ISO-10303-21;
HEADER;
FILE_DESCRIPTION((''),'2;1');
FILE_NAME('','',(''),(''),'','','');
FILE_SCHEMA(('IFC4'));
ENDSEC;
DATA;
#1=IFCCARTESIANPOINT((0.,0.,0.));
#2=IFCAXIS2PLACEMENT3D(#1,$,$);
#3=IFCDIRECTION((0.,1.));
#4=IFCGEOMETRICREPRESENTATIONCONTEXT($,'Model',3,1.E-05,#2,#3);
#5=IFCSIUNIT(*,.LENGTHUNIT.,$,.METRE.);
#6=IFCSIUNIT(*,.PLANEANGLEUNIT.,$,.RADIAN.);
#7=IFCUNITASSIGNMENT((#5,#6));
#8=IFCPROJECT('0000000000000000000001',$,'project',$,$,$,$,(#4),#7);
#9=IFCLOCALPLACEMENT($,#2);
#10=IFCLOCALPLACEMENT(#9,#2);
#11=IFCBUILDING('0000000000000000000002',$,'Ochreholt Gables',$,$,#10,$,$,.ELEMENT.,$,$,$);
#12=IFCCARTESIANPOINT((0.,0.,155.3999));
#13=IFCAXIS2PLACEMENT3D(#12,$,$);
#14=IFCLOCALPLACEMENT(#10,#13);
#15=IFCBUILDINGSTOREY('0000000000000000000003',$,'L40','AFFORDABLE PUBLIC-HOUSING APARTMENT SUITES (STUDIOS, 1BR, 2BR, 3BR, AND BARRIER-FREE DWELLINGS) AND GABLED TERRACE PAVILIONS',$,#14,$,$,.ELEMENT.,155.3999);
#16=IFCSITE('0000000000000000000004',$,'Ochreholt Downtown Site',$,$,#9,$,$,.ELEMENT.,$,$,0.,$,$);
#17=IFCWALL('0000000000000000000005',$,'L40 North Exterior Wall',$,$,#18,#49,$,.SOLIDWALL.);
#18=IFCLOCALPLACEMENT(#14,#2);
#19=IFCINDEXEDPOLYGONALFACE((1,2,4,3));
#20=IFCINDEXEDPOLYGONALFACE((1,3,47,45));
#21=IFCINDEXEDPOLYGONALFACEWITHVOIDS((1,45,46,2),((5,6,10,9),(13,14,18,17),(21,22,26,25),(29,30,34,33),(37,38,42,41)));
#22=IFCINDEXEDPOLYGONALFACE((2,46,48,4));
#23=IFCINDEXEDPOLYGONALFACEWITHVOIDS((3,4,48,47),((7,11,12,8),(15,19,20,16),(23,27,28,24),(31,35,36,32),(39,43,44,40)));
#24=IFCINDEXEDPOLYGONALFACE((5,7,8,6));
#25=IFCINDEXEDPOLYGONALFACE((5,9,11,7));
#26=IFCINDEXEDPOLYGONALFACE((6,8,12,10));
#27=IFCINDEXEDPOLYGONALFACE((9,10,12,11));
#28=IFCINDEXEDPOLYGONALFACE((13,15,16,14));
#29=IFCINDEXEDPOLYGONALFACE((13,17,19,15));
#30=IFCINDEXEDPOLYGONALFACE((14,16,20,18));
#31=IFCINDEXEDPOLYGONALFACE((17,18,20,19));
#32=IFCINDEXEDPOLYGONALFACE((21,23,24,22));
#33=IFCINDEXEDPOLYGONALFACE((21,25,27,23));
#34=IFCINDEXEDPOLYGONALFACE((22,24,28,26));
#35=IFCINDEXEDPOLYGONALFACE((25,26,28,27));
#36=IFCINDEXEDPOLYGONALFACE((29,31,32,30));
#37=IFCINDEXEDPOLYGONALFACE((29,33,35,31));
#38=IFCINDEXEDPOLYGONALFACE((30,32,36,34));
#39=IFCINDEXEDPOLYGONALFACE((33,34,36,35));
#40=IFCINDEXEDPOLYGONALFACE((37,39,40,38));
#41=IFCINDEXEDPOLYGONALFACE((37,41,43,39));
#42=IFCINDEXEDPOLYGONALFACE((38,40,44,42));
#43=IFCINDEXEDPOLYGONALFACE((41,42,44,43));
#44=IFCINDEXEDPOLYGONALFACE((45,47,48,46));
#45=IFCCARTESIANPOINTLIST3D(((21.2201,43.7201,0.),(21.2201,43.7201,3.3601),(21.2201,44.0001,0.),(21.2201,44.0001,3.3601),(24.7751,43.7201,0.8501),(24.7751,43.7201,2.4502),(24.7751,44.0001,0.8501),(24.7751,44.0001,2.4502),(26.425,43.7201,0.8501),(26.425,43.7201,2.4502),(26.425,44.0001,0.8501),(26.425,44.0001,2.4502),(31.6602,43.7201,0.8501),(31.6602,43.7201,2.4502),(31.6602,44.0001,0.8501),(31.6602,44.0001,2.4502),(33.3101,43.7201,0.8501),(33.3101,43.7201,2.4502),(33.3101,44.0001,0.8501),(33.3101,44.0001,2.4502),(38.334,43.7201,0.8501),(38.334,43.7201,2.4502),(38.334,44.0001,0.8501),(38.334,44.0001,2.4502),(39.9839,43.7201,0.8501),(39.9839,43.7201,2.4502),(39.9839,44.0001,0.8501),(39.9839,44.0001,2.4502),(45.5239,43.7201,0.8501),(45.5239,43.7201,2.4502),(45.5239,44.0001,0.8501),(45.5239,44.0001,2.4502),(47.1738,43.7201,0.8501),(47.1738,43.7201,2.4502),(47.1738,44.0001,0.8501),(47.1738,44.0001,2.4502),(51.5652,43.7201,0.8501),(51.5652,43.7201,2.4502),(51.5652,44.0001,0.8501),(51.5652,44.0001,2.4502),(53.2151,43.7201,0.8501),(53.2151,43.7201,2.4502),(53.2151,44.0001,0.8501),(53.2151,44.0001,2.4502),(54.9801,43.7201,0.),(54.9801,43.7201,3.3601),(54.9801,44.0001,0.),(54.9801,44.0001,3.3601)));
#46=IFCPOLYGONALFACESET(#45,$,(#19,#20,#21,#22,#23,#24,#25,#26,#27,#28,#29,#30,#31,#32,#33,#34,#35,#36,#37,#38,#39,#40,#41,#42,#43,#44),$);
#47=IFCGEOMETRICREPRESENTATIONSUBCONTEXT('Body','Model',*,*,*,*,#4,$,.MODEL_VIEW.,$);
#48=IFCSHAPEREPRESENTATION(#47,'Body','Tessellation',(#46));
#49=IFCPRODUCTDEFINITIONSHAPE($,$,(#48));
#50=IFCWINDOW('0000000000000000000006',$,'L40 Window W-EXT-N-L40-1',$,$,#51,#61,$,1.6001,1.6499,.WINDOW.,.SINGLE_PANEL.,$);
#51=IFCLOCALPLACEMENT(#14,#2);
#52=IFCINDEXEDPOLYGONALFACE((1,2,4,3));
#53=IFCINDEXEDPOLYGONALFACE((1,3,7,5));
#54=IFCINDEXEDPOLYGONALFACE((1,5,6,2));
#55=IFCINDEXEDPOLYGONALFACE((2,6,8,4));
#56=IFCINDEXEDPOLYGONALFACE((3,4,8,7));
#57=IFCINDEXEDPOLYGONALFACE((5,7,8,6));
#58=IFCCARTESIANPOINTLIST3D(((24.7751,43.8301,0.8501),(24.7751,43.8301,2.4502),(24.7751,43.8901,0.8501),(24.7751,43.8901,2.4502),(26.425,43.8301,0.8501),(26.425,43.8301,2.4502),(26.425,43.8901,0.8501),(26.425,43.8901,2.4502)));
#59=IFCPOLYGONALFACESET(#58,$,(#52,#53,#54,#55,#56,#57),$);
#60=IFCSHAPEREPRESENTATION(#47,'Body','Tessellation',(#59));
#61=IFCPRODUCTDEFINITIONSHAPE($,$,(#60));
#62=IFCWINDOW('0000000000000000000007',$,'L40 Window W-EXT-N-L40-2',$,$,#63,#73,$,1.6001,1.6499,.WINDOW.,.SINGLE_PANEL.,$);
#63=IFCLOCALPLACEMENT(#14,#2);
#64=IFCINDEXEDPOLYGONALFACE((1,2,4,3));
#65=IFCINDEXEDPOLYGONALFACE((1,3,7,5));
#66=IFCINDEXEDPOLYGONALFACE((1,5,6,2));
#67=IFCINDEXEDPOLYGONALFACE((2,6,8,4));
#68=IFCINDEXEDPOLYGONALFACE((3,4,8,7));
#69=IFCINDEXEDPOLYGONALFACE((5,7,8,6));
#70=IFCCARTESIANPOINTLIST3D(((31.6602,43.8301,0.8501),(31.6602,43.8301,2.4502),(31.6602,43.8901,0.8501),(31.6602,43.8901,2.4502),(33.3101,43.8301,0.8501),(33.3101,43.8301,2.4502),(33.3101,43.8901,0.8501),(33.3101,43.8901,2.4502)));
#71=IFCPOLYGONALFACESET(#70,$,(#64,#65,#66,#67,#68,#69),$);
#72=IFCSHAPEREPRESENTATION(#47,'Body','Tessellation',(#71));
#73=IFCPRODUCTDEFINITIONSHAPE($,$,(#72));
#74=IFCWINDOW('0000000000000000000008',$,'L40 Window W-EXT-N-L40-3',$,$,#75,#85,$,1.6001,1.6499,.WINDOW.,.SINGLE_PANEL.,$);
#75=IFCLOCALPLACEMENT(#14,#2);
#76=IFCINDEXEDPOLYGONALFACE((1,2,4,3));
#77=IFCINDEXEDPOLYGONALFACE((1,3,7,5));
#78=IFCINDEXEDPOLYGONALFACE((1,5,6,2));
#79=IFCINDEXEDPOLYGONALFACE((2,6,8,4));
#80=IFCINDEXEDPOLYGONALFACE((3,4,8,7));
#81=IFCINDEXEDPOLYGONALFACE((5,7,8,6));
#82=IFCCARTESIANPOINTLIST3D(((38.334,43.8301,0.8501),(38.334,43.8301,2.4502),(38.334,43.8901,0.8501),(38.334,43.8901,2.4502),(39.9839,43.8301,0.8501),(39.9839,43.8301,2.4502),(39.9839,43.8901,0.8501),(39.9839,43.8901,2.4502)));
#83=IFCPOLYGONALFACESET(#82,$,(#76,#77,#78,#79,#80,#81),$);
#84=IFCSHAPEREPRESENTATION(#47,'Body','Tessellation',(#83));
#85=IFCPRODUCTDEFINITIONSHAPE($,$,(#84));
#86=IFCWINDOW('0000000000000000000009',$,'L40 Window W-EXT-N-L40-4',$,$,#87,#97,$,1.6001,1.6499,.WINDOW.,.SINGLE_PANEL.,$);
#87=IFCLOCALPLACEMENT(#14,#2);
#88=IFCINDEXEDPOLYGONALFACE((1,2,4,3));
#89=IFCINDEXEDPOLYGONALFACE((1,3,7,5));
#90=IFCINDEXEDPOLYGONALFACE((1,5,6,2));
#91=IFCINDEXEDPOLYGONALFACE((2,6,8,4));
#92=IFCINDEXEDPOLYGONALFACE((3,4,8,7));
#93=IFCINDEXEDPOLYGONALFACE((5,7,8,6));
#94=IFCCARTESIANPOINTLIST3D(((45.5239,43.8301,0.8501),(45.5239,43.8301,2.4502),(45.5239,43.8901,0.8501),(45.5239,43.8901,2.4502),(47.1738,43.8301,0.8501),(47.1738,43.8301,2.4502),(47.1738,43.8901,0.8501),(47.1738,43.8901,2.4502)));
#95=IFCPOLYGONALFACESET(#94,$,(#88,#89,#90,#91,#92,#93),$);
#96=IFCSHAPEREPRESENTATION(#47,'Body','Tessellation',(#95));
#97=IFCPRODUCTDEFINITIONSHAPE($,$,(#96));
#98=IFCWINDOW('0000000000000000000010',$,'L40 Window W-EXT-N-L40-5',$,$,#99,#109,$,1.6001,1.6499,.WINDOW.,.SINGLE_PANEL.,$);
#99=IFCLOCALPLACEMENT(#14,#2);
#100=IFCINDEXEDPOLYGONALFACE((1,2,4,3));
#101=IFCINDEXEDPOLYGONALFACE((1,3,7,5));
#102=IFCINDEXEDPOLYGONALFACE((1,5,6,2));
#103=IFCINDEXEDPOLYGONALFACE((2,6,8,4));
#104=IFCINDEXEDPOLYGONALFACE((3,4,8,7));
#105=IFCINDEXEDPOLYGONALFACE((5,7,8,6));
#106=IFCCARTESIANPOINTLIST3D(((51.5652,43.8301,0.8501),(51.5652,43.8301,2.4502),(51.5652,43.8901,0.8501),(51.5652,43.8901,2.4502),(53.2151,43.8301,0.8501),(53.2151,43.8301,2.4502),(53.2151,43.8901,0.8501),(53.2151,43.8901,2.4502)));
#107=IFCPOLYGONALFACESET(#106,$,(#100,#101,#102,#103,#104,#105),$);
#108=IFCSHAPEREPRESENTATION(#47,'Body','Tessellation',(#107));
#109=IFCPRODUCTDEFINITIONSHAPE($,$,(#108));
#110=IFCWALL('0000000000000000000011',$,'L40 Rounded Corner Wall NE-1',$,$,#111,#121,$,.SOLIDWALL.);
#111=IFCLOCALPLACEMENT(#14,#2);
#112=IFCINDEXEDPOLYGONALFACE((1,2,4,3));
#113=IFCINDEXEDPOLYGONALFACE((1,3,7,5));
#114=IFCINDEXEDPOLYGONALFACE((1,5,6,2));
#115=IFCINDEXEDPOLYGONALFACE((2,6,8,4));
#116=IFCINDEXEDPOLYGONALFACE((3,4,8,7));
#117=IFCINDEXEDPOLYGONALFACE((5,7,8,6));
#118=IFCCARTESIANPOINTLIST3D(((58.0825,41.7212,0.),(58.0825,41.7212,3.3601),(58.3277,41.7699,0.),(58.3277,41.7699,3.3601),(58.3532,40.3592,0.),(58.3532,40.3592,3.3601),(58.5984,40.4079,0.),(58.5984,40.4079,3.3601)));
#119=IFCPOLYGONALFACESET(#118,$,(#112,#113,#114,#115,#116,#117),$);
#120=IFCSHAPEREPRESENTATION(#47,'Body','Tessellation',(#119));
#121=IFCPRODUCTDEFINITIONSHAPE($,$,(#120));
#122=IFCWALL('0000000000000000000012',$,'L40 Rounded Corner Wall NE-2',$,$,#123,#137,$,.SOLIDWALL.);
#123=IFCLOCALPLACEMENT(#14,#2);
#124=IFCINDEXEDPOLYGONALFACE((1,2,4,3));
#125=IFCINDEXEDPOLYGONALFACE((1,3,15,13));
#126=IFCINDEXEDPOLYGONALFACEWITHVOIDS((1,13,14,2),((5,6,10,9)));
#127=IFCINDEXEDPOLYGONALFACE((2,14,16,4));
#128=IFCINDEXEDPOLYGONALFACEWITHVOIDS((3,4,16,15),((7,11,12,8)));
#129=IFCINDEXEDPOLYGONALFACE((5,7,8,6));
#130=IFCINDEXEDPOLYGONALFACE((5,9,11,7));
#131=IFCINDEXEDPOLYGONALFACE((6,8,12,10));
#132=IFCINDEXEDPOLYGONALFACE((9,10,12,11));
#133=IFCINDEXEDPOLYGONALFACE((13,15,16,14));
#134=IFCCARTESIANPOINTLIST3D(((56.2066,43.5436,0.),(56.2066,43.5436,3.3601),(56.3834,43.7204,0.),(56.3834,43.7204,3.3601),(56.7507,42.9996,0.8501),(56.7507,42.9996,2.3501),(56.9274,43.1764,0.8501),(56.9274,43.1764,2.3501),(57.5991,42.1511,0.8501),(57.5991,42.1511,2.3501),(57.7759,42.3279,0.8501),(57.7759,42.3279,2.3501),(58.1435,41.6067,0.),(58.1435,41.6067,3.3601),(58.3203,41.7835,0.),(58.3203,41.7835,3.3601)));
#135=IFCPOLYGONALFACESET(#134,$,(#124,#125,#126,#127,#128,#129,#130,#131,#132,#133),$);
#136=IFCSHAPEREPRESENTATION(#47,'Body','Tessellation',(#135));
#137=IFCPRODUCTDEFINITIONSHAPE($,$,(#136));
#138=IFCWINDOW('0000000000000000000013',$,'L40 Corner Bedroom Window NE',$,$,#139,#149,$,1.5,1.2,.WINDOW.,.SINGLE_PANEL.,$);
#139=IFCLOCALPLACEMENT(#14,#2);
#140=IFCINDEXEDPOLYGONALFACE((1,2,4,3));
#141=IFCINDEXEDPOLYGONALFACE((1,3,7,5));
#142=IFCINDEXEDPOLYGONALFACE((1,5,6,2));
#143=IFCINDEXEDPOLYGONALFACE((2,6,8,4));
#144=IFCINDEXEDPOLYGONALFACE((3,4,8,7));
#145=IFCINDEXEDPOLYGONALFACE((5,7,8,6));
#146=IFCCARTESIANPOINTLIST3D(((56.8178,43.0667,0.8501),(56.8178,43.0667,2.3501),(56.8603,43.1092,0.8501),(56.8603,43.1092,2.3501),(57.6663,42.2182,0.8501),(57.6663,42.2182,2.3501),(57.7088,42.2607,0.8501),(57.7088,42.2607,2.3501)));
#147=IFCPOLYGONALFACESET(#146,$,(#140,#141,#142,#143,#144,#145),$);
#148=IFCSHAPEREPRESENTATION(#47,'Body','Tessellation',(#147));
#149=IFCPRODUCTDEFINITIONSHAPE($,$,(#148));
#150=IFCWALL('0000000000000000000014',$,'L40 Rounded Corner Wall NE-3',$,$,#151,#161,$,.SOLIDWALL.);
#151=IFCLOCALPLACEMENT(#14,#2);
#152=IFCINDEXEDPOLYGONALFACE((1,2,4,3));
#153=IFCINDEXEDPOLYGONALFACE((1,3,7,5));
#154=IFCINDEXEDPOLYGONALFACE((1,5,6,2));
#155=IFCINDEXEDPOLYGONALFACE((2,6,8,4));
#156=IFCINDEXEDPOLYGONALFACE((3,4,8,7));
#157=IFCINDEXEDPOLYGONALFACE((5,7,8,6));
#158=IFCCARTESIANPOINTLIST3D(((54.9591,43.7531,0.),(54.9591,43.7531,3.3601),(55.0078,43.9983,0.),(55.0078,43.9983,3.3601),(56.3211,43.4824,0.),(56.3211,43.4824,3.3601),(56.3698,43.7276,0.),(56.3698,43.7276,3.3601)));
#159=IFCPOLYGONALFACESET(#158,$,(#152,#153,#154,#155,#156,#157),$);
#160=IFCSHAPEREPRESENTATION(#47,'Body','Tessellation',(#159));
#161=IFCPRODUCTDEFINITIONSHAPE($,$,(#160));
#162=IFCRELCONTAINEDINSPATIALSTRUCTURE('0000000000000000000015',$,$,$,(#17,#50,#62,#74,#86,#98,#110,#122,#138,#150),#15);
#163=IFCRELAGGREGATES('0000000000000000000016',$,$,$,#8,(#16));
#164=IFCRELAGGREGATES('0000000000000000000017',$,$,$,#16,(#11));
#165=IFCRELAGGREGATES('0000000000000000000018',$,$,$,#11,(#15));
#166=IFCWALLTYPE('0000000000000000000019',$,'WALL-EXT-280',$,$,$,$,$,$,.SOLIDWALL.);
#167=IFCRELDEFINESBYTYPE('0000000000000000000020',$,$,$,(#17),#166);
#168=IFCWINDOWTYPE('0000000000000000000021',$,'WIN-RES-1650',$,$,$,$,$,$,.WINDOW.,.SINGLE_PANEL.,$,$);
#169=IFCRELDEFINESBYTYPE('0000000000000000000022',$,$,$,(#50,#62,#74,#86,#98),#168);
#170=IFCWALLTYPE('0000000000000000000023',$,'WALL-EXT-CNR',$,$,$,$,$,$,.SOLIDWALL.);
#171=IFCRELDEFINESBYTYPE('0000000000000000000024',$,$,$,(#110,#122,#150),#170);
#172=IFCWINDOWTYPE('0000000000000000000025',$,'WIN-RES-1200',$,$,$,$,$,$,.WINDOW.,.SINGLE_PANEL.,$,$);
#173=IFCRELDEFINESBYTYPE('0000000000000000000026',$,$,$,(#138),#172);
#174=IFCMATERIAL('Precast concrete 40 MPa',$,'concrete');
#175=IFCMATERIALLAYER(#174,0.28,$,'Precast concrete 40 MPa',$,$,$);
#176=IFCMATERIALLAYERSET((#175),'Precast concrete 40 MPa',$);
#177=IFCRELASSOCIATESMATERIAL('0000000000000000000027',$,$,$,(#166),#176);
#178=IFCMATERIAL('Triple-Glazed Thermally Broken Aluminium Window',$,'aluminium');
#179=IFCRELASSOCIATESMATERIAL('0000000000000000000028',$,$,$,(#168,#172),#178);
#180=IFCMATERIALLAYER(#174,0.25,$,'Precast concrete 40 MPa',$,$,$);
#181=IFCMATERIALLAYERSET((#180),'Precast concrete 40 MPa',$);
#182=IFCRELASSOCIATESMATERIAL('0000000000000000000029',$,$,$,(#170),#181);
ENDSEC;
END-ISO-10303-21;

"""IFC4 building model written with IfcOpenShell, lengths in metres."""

from ifc_helpers import new_model, si_unit, direction, frame, frame_2d, origin, place, context, subcontext, project, spatial, rectangle, extrude, material, layer, layer_set, type_object, element, fill, save


model = new_model("IFC4")

# Units and contexts
model_context = context("Model", 3, precision=1e-05, world=origin(), true_north=direction((0.0, 1.0)))
body_context = subcontext(model_context, "Body", "Model", "MODEL_VIEW")
ifc_project = project(units=[si_unit("LENGTHUNIT", "METRE"), si_unit("PLANEANGLEUNIT", "RADIAN")], contexts=[model_context])

# Site, building, storey
site_placement = place(None, origin())
site = spatial("IfcSite", under=ifc_project, at=site_placement, Name="Ochreholt Downtown Site", CompositionType="ELEMENT", RefElevation=0.0)
building_placement = place(site_placement, origin())
building = spatial("IfcBuilding", under=site, at=building_placement, Name="Ochreholt Gables", CompositionType="ELEMENT")
storey_placement = place(building_placement, frame((0.0, 0.0, 155.3999)))
storey = spatial("IfcBuildingStorey", under=building, at=storey_placement, Name="L40", Description="AFFORDABLE PUBLIC-HOUSING APARTMENT SUITES (STUDIOS, 1BR, 2BR, 3BR, AND BARRIER-FREE DWELLINGS) AND GABLED TERRACE PAVILIONS", CompositionType="ELEMENT", Elevation=155.3999)

# Wall, openings, windows
ifc_material_1 = material(Name="Precast concrete 40 MPa", Category="concrete")
ifc_layer_1 = layer(ifc_material_1, 0.28, Name="Precast concrete 40 MPa")
ifc_layer_set_1 = layer_set([ifc_layer_1], Name="Precast concrete 40 MPa")
wall_type_1 = type_object("IfcWallType", Name="WALL-EXT-280", PredefinedType="SOLIDWALL", material=ifc_layer_set_1)
wall_1_placement = place(storey_placement, frame((54.98, 43.8601, 0.0), z_axis=(0.0, 0.0, 1.0), x_axis=(-1.0, 0.0, 0.0)))
wall_1 = element("IfcWall", 1, at=wall_1_placement, inside=storey, type_object=wall_type_1, Name="L40 North Exterior Wall", PredefinedType="SOLIDWALL", context=body_context, shape_type="SweptSolid", body=[
    extrude(rectangle(XDim=33.76, YDim=0.28, at=frame_2d((16.8799, 0.0))), origin(), (0.0, 0.0, 1.0), 3.3601),
])
opening_1_placement = place(wall_1_placement, frame((28.5549, 0.0, 0.8501)))
opening_1 = element("IfcOpeningElement", 2, at=opening_1_placement, cuts=wall_1, PredefinedType="OPENING", context=body_context, shape_type="SweptSolid", body=[
    extrude(rectangle(XDim=1.6499, YDim=1.6001, at=frame_2d((0.825, 0.8))), frame((0.0, 0.1499, 0.0), z_axis=(0.0, -1.0, 0.0), x_axis=(1.0, 0.0, 0.0)), (0.0, 0.0, 1.0), 0.3),
])
opening_2_placement = place(wall_1_placement, frame((21.6699, 0.0, 0.8501)))
opening_2 = element("IfcOpeningElement", 3, at=opening_2_placement, cuts=wall_1, PredefinedType="OPENING", context=body_context, shape_type="SweptSolid", body=[
    extrude(rectangle(XDim=1.6499, YDim=1.6001, at=frame_2d((0.825, 0.8))), frame((0.0, 0.1499, 0.0), z_axis=(0.0, -1.0, 0.0), x_axis=(1.0, 0.0, 0.0)), (0.0, 0.0, 1.0), 0.3),
])
opening_3_placement = place(wall_1_placement, frame((14.9961, 0.0, 0.8501)))
opening_3 = element("IfcOpeningElement", 4, at=opening_3_placement, cuts=wall_1, PredefinedType="OPENING", context=body_context, shape_type="SweptSolid", body=[
    extrude(rectangle(XDim=1.6499, YDim=1.6001, at=frame_2d((0.825, 0.8))), frame((0.0, 0.1499, 0.0), z_axis=(0.0, -1.0, 0.0), x_axis=(1.0, 0.0, 0.0)), (0.0, 0.0, 1.0), 0.3),
])
opening_4_placement = place(wall_1_placement, frame((7.8062, 0.0, 0.8501)))
opening_4 = element("IfcOpeningElement", 5, at=opening_4_placement, cuts=wall_1, PredefinedType="OPENING", context=body_context, shape_type="SweptSolid", body=[
    extrude(rectangle(XDim=1.6499, YDim=1.6001, at=frame_2d((0.825, 0.8))), frame((0.0, 0.1499, 0.0), z_axis=(0.0, -1.0, 0.0), x_axis=(1.0, 0.0, 0.0)), (0.0, 0.0, 1.0), 0.3),
])
opening_5_placement = place(wall_1_placement, frame((1.7649, 0.0, 0.8501)))
opening_5 = element("IfcOpeningElement", 6, at=opening_5_placement, cuts=wall_1, PredefinedType="OPENING", context=body_context, shape_type="SweptSolid", body=[
    extrude(rectangle(XDim=1.6499, YDim=1.6001, at=frame_2d((0.825, 0.8))), frame((0.0, 0.1499, 0.0), z_axis=(0.0, -1.0, 0.0), x_axis=(1.0, 0.0, 0.0)), (0.0, 0.0, 1.0), 0.3),
])
ifc_material_2 = material(Name="Triple-Glazed Thermally Broken Aluminium Window", Category="aluminium")
window_type_1 = type_object("IfcWindowType", Name="WIN-RES-1650", PartitioningType="SINGLE_PANEL", PredefinedType="WINDOW", material=ifc_material_2)
window_1_placement = place(opening_1_placement, origin())
window_1 = element("IfcWindow", 7, at=window_1_placement, inside=storey, type_object=window_type_1, Name="L40 Window W-EXT-N-L40-1", OverallHeight=1.6001, OverallWidth=1.6499, PartitioningType="SINGLE_PANEL", PredefinedType="WINDOW", context=body_context, shape_type="SweptSolid", body=[
    extrude(rectangle(XDim=1.6499, YDim=1.6001, at=frame_2d((0.825, 0.8))), frame((0.0, 0.03, 0.0), z_axis=(0.0, -1.0, 0.0), x_axis=(1.0, 0.0, 0.0)), (0.0, 0.0, 1.0), 0.0601),
])
fill(opening_1, window_1)
window_2_placement = place(opening_2_placement, origin())
window_2 = element("IfcWindow", 8, at=window_2_placement, inside=storey, type_object=window_type_1, Name="L40 Window W-EXT-N-L40-2", OverallHeight=1.6001, OverallWidth=1.6499, PartitioningType="SINGLE_PANEL", PredefinedType="WINDOW", context=body_context, shape_type="SweptSolid", body=[
    extrude(rectangle(XDim=1.6499, YDim=1.6001, at=frame_2d((0.825, 0.8))), frame((0.0, 0.03, 0.0), z_axis=(0.0, -1.0, 0.0), x_axis=(1.0, 0.0, 0.0)), (0.0, 0.0, 1.0), 0.0601),
])
fill(opening_2, window_2)
window_3_placement = place(opening_3_placement, origin())
window_3 = element("IfcWindow", 9, at=window_3_placement, inside=storey, type_object=window_type_1, Name="L40 Window W-EXT-N-L40-3", OverallHeight=1.6001, OverallWidth=1.6499, PartitioningType="SINGLE_PANEL", PredefinedType="WINDOW", context=body_context, shape_type="SweptSolid", body=[
    extrude(rectangle(XDim=1.6499, YDim=1.6001, at=frame_2d((0.825, 0.8))), frame((0.0, 0.03, 0.0), z_axis=(0.0, -1.0, 0.0), x_axis=(1.0, 0.0, 0.0)), (0.0, 0.0, 1.0), 0.0601),
])
fill(opening_3, window_3)
window_4_placement = place(opening_4_placement, origin())
window_4 = element("IfcWindow", 10, at=window_4_placement, inside=storey, type_object=window_type_1, Name="L40 Window W-EXT-N-L40-4", OverallHeight=1.6001, OverallWidth=1.6499, PartitioningType="SINGLE_PANEL", PredefinedType="WINDOW", context=body_context, shape_type="SweptSolid", body=[
    extrude(rectangle(XDim=1.6499, YDim=1.6001, at=frame_2d((0.825, 0.8))), frame((0.0, 0.03, 0.0), z_axis=(0.0, -1.0, 0.0), x_axis=(1.0, 0.0, 0.0)), (0.0, 0.0, 1.0), 0.0601),
])
fill(opening_4, window_4)
window_5_placement = place(opening_5_placement, origin())
window_5 = element("IfcWindow", 11, at=window_5_placement, inside=storey, type_object=window_type_1, Name="L40 Window W-EXT-N-L40-5", OverallHeight=1.6001, OverallWidth=1.6499, PartitioningType="SINGLE_PANEL", PredefinedType="WINDOW", context=body_context, shape_type="SweptSolid", body=[
    extrude(rectangle(XDim=1.6499, YDim=1.6001, at=frame_2d((0.825, 0.8))), frame((0.0, 0.03, 0.0), z_axis=(0.0, -1.0, 0.0), x_axis=(1.0, 0.0, 0.0)), (0.0, 0.0, 1.0), 0.0601),
])
fill(opening_5, window_5)

# Wall
ifc_layer_2 = layer(ifc_material_1, 0.25, Name="Precast concrete 40 MPa")
ifc_layer_set_2 = layer_set([ifc_layer_2], Name="Precast concrete 40 MPa")
wall_type_2 = type_object("IfcWallType", Name="WALL-EXT-CNR", PredefinedType="SOLIDWALL", material=ifc_layer_set_2)
wall_2_placement = place(storey_placement, frame((58.4758, 40.3835, 0.0), z_axis=(0.0, 0.0, 1.0), x_axis=(-0.194967, 0.98081, 0.0)))
element("IfcWall", 12, at=wall_2_placement, inside=storey, type_object=wall_type_2, Name="L40 Rounded Corner Wall NE-1", PredefinedType="SOLIDWALL", context=body_context, shape_type="SweptSolid", body=[
    extrude(rectangle(XDim=1.3887, YDim=0.25, at=frame_2d((0.6943, 0.0))), origin(), (0.0, 0.0, 1.0), 3.3601),
])

# Wall, opening, window
wall_3_placement = place(storey_placement, frame((58.2319, 41.6951, 0.0), z_axis=(0.0, 0.0, 1.0), x_axis=(-0.707107, 0.707107, 0.0)))
wall_3 = element("IfcWall", 13, at=wall_3_placement, inside=storey, type_object=wall_type_2, Name="L40 Rounded Corner Wall NE-2", PredefinedType="SOLIDWALL", context=body_context, shape_type="SweptSolid", body=[
    extrude(rectangle(XDim=2.7393, YDim=0.25, at=frame_2d((1.3696, 0.0))), origin(), (0.0, 0.0, 1.0), 3.3601),
])
opening_6_placement = place(wall_3_placement, frame((0.7698, 0.0, 0.8501)))
opening_6 = element("IfcOpeningElement", 14, at=opening_6_placement, cuts=wall_3, PredefinedType="OPENING", context=body_context, shape_type="SweptSolid", body=[
    extrude(rectangle(XDim=1.2, YDim=1.5, at=frame_2d((0.6001, 0.75))), frame((0.0, 0.135, 0.0), z_axis=(0.0, -1.0, 0.0), x_axis=(1.0, 0.0, 0.0)), (0.0, 0.0, 1.0), 0.27),
])
window_type_2 = type_object("IfcWindowType", Name="WIN-RES-1200", PartitioningType="SINGLE_PANEL", PredefinedType="WINDOW", material=ifc_material_2)
window_6_placement = place(opening_6_placement, origin())
window_6 = element("IfcWindow", 15, at=window_6_placement, inside=storey, type_object=window_type_2, Name="L40 Corner Bedroom Window NE", OverallHeight=1.5, OverallWidth=1.2, PartitioningType="SINGLE_PANEL", PredefinedType="WINDOW", context=body_context, shape_type="SweptSolid", body=[
    extrude(rectangle(XDim=1.2, YDim=1.5, at=frame_2d((0.6001, 0.75))), frame((0.0, 0.03, 0.0), z_axis=(0.0, -1.0, 0.0), x_axis=(1.0, 0.0, 0.0)), (0.0, 0.0, 1.0), 0.0601),
])
fill(opening_6, window_6)

# Wall
wall_4_placement = place(storey_placement, frame((56.3455, 43.605, 0.0), z_axis=(0.0, 0.0, 1.0), x_axis=(-0.98081, 0.194967, 0.0)))
element("IfcWall", 16, at=wall_4_placement, inside=storey, type_object=wall_type_2, Name="L40 Rounded Corner Wall NE-3", PredefinedType="SOLIDWALL", context=body_context, shape_type="SweptSolid", body=[
    extrude(rectangle(XDim=1.3887, YDim=0.25, at=frame_2d((0.6943, 0.0))), origin(), (0.0, 0.0, 1.0), 3.3601),
])

save(model, "model.ifc")
